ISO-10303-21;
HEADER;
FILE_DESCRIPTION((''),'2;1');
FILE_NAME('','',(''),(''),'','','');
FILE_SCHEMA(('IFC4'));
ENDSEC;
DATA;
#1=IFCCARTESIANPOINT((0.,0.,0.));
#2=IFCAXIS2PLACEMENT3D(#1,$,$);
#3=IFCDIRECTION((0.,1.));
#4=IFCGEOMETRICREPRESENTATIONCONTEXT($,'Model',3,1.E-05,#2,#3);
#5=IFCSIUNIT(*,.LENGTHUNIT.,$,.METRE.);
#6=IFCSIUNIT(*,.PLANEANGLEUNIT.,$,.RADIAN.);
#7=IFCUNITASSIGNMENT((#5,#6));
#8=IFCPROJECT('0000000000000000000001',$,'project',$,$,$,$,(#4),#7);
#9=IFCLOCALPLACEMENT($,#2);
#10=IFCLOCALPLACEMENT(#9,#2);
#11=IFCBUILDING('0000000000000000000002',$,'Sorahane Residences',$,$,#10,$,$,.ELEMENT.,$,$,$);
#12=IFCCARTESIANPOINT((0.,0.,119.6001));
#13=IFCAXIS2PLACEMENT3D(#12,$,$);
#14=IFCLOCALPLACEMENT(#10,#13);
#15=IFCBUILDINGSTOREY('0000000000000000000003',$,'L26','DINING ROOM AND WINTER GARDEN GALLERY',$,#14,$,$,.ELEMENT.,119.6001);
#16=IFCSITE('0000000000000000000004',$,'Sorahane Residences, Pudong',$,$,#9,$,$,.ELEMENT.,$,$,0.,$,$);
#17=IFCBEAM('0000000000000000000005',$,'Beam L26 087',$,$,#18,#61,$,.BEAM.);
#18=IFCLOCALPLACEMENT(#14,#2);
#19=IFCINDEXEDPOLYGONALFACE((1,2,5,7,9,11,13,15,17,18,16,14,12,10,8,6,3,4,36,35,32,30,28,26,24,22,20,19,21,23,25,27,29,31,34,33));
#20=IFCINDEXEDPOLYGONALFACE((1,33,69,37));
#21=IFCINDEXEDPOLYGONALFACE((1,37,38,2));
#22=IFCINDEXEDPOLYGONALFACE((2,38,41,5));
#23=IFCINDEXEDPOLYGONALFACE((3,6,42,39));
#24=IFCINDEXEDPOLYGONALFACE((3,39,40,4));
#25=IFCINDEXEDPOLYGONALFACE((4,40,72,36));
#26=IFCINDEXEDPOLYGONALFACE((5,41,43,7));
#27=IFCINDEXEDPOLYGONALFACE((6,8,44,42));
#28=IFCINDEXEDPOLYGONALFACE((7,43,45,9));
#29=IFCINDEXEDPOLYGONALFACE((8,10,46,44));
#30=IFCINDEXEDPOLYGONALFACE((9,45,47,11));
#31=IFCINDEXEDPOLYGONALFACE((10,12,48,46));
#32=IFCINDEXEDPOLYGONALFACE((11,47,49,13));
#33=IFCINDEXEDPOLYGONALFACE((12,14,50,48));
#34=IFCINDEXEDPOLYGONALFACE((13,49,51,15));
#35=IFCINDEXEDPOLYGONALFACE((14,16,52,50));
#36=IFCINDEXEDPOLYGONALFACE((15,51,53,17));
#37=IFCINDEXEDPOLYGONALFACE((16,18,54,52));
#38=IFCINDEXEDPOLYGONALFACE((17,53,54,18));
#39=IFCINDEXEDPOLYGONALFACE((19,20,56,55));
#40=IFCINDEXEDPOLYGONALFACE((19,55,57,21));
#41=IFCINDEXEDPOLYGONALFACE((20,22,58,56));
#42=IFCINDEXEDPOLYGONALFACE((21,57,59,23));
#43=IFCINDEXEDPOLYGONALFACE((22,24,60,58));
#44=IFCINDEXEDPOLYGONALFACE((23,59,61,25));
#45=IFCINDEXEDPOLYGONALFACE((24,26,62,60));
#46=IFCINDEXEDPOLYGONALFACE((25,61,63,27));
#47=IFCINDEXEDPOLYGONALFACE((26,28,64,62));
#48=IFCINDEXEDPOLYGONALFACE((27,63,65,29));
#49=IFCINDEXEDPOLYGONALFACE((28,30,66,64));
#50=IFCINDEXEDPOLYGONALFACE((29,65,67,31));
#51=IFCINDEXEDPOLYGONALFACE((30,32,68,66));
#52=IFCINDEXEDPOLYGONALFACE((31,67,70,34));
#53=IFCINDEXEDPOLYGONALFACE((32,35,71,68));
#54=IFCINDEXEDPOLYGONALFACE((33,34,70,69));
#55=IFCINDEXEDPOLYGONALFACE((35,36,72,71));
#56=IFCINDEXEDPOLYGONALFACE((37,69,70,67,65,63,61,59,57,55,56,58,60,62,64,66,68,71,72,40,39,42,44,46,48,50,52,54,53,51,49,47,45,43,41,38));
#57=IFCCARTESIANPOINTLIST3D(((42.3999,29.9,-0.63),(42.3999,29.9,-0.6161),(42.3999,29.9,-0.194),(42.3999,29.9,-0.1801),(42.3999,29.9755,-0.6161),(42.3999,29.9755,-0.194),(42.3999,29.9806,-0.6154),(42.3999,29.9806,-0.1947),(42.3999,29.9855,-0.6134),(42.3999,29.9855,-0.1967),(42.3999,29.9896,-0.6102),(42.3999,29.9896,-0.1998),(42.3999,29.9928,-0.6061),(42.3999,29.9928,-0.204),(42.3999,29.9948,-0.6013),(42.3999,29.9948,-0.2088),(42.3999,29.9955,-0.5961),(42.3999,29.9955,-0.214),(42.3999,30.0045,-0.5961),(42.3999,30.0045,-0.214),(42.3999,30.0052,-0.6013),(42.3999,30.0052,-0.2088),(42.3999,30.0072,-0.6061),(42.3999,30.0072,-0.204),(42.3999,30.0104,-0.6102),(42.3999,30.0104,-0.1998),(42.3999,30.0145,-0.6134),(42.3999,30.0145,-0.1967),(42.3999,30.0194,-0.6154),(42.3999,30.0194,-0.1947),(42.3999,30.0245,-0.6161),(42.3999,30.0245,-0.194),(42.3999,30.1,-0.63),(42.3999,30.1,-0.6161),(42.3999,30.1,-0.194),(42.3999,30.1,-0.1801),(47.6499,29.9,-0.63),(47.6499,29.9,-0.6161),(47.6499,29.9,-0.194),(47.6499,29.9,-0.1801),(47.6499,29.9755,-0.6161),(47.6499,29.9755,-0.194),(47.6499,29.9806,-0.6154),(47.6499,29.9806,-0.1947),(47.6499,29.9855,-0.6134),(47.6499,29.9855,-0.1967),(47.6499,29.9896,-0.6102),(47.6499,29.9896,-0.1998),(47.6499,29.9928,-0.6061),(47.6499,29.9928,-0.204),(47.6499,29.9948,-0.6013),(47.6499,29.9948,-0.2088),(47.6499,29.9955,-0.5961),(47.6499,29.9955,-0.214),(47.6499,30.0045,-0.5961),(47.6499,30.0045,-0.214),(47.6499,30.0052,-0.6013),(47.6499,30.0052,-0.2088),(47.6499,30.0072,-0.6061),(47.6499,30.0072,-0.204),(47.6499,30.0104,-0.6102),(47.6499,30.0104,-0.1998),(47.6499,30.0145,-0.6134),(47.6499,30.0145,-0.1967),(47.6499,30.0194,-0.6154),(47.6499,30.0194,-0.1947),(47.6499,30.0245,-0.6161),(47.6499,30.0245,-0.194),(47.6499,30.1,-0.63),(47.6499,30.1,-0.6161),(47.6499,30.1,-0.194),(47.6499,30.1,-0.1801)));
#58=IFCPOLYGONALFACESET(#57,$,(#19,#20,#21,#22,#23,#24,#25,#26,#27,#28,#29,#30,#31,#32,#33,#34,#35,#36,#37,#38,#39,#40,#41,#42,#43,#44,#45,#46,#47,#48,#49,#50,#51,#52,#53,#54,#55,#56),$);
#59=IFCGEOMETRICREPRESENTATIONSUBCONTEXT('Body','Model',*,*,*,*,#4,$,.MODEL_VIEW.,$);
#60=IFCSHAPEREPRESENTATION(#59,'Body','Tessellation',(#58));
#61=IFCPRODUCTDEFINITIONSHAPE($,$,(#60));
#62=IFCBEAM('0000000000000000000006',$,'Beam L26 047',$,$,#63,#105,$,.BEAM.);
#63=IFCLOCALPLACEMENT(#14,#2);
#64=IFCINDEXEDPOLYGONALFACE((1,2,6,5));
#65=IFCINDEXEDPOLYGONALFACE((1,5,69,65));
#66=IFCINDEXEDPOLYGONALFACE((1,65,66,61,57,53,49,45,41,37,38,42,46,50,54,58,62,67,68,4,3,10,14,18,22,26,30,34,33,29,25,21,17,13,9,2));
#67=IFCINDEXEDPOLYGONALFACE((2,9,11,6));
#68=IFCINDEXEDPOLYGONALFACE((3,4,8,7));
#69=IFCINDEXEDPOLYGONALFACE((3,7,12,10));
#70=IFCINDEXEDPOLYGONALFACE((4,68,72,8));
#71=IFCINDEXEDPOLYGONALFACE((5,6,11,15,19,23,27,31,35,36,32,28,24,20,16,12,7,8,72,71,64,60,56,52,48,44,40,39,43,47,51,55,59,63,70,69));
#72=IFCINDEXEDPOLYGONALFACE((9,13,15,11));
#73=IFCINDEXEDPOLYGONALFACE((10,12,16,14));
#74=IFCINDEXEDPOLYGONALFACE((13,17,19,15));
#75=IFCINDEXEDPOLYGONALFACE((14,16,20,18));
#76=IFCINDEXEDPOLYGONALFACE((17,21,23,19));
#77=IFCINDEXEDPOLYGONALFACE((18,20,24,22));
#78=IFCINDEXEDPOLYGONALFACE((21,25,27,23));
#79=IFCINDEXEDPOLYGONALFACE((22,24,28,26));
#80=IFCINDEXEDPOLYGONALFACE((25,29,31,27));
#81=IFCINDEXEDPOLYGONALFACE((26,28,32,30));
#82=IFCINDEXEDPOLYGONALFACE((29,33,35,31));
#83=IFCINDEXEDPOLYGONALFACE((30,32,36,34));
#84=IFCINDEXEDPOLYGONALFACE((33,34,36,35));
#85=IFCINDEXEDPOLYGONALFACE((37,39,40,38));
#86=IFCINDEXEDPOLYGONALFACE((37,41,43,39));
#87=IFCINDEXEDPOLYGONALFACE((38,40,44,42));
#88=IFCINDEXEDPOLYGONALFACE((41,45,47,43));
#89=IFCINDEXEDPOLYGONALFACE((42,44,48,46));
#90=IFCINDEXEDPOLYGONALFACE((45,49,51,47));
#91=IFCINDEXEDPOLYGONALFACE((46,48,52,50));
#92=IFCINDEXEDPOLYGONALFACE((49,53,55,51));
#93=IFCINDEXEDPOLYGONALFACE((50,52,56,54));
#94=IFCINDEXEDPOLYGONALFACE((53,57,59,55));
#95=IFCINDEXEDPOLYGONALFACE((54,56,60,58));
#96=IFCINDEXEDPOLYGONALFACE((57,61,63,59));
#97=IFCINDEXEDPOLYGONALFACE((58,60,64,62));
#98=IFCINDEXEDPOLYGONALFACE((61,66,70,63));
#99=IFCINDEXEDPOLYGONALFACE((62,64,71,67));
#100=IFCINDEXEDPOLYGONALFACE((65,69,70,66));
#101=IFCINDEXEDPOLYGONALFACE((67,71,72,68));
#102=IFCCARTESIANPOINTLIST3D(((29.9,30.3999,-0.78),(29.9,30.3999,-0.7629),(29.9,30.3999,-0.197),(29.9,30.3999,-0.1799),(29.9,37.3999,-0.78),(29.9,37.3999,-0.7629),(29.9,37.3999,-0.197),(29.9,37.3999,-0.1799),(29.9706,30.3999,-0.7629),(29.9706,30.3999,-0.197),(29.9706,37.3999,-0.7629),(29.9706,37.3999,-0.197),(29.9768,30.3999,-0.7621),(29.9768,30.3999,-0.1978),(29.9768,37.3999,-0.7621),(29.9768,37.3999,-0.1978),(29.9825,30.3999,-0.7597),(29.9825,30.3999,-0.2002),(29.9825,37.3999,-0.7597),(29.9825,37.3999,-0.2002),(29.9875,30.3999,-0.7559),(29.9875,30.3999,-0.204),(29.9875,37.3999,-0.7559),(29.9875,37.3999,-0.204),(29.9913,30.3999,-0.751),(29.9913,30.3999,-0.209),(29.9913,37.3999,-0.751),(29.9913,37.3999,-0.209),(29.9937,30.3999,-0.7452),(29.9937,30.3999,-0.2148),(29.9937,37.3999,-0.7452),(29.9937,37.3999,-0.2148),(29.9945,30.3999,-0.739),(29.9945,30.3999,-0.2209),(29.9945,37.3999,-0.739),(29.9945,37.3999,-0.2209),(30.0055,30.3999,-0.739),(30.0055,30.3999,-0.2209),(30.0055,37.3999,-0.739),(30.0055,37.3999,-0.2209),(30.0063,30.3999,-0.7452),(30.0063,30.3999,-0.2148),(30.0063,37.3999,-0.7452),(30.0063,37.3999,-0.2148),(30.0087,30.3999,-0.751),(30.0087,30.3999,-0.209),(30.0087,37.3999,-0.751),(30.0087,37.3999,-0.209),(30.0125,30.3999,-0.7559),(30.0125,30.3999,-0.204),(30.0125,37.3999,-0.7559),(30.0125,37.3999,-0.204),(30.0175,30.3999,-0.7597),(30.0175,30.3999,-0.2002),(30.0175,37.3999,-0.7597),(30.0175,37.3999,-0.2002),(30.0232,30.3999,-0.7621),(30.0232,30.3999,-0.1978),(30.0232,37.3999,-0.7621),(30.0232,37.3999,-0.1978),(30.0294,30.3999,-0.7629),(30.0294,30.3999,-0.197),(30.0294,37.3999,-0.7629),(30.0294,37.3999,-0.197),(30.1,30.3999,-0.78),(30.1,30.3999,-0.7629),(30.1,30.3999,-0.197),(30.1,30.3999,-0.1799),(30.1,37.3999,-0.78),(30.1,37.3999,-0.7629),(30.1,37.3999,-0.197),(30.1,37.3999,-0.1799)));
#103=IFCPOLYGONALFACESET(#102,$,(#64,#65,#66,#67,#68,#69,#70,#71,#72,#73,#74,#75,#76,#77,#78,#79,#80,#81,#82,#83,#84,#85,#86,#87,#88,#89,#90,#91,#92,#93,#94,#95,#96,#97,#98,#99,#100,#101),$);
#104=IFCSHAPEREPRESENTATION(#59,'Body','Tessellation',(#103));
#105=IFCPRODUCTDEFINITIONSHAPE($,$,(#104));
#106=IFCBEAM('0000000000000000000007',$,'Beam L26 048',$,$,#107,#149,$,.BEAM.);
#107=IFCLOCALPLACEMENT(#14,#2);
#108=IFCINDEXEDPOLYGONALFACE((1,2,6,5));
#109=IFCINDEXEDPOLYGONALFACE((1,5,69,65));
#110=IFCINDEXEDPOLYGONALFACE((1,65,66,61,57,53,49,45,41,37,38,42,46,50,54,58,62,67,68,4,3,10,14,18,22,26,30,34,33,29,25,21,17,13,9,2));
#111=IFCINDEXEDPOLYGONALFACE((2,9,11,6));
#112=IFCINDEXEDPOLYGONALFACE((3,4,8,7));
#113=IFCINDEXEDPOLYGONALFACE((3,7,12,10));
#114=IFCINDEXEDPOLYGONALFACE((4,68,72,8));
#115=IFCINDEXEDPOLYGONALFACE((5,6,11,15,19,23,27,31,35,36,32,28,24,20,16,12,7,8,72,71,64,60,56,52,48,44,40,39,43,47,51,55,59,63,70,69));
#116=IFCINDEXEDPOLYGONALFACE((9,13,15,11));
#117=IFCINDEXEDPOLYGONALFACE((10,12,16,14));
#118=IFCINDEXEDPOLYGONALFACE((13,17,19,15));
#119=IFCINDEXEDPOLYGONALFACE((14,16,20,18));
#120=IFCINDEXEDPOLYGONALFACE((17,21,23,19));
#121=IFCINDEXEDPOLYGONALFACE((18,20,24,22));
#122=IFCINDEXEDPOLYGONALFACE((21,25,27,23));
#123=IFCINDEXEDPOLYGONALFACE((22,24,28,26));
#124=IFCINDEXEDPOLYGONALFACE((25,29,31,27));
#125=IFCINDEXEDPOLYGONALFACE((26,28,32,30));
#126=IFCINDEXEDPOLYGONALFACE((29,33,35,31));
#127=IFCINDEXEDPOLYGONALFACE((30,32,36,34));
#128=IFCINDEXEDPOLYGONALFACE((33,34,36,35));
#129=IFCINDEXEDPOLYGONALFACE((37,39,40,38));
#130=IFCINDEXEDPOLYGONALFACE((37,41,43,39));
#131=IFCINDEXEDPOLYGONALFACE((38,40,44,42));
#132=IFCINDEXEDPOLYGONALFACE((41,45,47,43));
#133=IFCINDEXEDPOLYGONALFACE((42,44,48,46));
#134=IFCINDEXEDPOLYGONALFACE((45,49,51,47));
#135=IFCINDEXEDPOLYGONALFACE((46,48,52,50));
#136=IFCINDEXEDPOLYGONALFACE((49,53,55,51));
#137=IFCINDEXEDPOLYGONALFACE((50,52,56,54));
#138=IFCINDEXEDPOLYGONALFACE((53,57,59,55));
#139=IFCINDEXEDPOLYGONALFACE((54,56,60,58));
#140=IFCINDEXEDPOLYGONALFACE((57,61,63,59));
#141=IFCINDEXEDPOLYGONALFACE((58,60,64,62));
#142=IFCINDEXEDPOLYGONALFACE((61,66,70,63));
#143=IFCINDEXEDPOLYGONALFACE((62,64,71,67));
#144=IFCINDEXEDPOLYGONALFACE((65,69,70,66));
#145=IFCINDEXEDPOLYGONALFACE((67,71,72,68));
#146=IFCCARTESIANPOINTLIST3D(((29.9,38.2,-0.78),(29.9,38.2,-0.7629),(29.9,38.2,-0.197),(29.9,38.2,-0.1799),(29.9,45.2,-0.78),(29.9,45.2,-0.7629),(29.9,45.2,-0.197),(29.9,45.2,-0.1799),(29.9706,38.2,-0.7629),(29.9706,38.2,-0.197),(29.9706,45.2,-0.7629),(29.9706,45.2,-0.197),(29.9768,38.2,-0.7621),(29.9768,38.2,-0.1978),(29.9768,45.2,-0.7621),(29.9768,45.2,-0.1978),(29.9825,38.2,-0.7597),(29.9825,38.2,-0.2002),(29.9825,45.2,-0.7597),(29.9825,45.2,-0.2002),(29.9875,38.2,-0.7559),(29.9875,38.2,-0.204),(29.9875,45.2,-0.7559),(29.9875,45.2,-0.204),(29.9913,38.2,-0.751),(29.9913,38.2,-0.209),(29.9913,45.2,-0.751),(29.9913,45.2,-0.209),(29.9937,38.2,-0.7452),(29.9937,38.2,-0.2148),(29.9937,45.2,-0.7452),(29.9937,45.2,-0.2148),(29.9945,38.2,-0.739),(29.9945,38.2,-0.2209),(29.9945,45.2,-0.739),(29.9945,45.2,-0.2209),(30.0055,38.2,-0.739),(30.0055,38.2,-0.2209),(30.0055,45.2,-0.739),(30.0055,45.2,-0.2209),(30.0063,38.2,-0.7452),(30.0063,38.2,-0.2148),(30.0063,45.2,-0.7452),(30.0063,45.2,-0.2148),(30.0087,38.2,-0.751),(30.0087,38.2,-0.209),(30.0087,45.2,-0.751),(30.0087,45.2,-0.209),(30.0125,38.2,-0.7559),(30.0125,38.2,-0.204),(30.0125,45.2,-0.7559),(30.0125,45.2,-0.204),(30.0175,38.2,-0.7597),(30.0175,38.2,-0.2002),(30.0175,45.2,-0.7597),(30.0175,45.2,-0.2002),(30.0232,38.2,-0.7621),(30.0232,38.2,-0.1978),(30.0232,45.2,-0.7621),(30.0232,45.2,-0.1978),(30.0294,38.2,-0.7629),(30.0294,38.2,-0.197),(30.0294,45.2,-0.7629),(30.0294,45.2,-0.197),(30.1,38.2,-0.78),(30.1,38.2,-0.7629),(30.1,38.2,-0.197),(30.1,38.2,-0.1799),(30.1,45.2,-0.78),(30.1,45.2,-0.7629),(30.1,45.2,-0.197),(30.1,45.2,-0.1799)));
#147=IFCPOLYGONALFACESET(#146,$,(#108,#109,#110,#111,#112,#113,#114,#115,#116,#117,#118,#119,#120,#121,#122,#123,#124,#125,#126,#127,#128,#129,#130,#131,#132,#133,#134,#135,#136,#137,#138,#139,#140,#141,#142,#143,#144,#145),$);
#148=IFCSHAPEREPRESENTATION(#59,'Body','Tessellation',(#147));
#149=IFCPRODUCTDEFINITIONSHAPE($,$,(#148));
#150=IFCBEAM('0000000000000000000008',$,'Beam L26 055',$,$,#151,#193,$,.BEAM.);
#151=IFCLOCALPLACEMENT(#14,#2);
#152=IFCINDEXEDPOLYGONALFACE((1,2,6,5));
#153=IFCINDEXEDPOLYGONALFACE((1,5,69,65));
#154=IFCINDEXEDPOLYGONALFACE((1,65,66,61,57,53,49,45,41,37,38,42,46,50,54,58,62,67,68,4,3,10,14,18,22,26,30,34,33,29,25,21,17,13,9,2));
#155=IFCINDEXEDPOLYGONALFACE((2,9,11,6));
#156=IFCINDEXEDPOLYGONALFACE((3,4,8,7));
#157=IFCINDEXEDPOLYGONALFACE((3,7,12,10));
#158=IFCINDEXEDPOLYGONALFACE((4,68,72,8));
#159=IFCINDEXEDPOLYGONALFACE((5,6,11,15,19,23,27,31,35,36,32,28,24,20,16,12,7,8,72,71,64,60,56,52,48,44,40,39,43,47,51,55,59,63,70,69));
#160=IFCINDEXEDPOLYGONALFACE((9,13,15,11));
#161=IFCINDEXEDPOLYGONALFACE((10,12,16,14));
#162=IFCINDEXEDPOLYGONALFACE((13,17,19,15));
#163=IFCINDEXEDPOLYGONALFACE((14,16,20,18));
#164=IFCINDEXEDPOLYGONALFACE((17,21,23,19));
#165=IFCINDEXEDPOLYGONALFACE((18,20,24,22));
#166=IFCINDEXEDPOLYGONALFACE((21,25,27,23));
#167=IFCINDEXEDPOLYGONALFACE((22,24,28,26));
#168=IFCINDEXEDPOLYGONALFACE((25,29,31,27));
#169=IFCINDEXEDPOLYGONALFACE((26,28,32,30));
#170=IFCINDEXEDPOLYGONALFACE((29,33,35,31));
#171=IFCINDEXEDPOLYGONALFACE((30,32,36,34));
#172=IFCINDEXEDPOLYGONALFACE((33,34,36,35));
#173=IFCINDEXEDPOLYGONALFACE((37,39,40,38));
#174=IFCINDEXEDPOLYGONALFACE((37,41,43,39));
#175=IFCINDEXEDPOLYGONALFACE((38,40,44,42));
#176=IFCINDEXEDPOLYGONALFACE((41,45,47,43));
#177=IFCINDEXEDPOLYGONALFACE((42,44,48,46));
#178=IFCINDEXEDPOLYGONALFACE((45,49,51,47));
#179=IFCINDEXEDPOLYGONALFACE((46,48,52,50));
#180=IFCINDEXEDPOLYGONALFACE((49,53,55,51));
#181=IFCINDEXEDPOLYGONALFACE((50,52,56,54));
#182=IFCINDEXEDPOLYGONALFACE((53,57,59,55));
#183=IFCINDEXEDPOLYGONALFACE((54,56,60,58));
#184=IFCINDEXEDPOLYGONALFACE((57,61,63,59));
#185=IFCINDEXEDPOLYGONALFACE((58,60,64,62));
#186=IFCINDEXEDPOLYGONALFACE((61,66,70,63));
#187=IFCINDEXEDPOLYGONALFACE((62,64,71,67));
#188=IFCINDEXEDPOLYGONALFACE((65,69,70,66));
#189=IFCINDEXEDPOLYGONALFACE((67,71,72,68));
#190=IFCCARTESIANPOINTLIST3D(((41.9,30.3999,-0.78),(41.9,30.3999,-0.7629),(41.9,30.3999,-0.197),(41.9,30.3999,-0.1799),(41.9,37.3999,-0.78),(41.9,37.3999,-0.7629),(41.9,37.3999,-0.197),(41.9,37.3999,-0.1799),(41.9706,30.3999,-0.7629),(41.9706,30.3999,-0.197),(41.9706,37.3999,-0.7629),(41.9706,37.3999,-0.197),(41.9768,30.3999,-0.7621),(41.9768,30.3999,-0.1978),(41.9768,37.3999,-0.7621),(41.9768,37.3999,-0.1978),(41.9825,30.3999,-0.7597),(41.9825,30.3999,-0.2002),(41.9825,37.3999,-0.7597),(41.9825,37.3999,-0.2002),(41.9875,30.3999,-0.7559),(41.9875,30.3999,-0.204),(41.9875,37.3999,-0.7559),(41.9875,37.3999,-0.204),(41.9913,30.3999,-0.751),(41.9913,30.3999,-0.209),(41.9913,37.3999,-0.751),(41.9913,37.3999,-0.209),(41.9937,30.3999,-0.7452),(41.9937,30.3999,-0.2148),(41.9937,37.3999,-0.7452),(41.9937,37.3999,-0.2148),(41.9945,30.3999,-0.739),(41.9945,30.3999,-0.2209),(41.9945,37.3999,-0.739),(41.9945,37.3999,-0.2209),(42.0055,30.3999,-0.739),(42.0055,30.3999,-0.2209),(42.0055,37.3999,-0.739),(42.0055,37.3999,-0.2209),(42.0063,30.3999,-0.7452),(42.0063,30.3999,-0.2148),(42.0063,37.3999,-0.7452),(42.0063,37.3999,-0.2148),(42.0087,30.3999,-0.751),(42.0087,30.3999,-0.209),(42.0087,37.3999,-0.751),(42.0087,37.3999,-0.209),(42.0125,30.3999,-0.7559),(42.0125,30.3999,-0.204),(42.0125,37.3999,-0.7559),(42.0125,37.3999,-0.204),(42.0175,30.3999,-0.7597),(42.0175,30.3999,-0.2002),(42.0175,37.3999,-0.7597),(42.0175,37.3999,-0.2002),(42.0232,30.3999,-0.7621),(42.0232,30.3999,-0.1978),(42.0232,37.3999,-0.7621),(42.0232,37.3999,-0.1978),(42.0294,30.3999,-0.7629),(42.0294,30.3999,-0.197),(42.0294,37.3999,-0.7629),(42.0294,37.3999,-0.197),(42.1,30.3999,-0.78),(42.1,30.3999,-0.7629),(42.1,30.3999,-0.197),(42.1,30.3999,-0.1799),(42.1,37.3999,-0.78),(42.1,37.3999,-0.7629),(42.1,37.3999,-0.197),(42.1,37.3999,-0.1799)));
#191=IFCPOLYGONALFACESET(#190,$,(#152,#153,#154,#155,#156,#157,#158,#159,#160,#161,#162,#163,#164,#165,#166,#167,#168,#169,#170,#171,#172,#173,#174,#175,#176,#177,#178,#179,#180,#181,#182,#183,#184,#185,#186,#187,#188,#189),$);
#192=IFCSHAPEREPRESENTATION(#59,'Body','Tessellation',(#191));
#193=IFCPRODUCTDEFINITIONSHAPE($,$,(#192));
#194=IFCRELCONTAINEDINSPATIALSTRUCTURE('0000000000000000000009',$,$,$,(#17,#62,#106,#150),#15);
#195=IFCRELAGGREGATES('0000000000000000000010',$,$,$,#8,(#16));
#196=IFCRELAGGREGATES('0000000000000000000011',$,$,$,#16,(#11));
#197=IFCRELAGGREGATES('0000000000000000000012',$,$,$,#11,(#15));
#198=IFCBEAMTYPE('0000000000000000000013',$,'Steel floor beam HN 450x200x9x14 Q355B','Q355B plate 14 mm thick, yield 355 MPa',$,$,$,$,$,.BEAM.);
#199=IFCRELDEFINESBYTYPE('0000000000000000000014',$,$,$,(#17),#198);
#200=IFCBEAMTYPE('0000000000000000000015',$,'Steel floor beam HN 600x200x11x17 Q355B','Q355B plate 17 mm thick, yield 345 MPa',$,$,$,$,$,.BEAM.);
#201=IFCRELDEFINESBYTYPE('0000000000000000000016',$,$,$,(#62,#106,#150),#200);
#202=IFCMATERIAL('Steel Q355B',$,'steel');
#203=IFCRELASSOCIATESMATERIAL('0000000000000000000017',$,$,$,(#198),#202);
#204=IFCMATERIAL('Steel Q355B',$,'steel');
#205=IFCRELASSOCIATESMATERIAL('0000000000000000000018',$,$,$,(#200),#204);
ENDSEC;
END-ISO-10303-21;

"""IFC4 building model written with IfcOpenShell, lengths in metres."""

from ifc_helpers import new_model, si_unit, direction, frame, origin, origin_2d, place, context, subcontext, project, spatial, i_section, extrude, material, material_profile, profile_set, type_object, element, save


model = new_model("IFC4")

# Units and contexts
model_context = context("Model", 3, precision=1e-05, world=origin(), true_north=direction((0.0, 1.0)))
body_context = subcontext(model_context, "Body", "Model", "MODEL_VIEW")
ifc_project = project(units=[si_unit("LENGTHUNIT", "METRE"), si_unit("PLANEANGLEUNIT", "RADIAN")], contexts=[model_context])

# Site, building, storey
site_placement = place(None, origin())
site = spatial("IfcSite", under=ifc_project, at=site_placement, Name="Sorahane Residences, Pudong", CompositionType="ELEMENT", RefElevation=0.0)
building_placement = place(site_placement, origin())
building = spatial("IfcBuilding", under=site, at=building_placement, Name="Sorahane Residences", CompositionType="ELEMENT")
storey_placement = place(building_placement, frame((0.0, 0.0, 119.6001)))
storey = spatial("IfcBuildingStorey", under=building, at=storey_placement, Name="L26", Description="DINING ROOM AND WINTER GARDEN GALLERY", CompositionType="ELEMENT", Elevation=119.6001)

# Beams
ifc_material_1 = material(Name="Steel Q355B", Category="steel")
ifc_material_profile_1 = material_profile(ifc_material_1, i_section(OverallWidth=0.2, OverallDepth=0.45, WebThickness=0.009, FlangeThickness=0.0139, FilletRadius=0.02, at=origin_2d()), Name="HN 450x200x9x14")
ifc_profile_set_1 = profile_set([ifc_material_profile_1], Name="Steel Q355B")
beam_type_1 = type_object("IfcBeamType", Name="Steel floor beam HN 450x200x9x14 Q355B", Description="Q355B plate 14 mm thick, yield 355 MPa", PredefinedType="BEAM", material=ifc_profile_set_1)
beam_placement = place(storey_placement, frame((42.3999, 30.0, -0.405), z_axis=(1.0, 0.0, 0.0), x_axis=(0.0, 1.0, 0.0)))
element("IfcBeam", 1, at=beam_placement, inside=storey, type_object=beam_type_1, Name="Beam L26 087", PredefinedType="BEAM", context=body_context, shape_type="SweptSolid", body=[
    extrude(i_section(OverallWidth=0.2, OverallDepth=0.45, WebThickness=0.009, FlangeThickness=0.0139, FilletRadius=0.02, at=origin_2d()), origin(), (0.0, 0.0, 1.0), 5.25),
])
ifc_material_2 = material(Name="Steel Q355B", Category="steel")
ifc_material_profile_2 = material_profile(ifc_material_2, i_section(OverallWidth=0.2, OverallDepth=0.6001, WebThickness=0.011, FlangeThickness=0.0171, FilletRadius=0.0239, at=origin_2d()), Name="HN 600x200x11x17")
ifc_profile_set_2 = profile_set([ifc_material_profile_2], Name="Steel Q355B")
beam_type_2 = type_object("IfcBeamType", Name="Steel floor beam HN 600x200x11x17 Q355B", Description="Q355B plate 17 mm thick, yield 345 MPa", PredefinedType="BEAM", material=ifc_profile_set_2)
for number, where, z_axis, x_axis, name in (
    (2, (30.0, 30.3999, -0.48), (0.0, 1.0, 0.0), (-1.0, 0.0, 0.0), "Beam L26 047"),
    (3, (30.0, 38.2, -0.48), (0.0, 1.0, 0.0), (-1.0, 0.0, 0.0), "Beam L26 048"),
    (4, (42.0, 30.3999, -0.48), (0.0, 1.0, 0.0), (-1.0, 0.0, 0.0), "Beam L26 055"),
):
    element("IfcBeam", number, at=place(storey_placement, frame(where, z_axis=z_axis, x_axis=x_axis)), inside=storey, type_object=beam_type_2, Name=name, PredefinedType="BEAM", context=body_context, shape_type="SweptSolid", body=[
        extrude(i_section(OverallWidth=0.2, OverallDepth=0.6001, WebThickness=0.011, FlangeThickness=0.0171, FilletRadius=0.0239, at=origin_2d()), origin(), (0.0, 0.0, 1.0), 7.0),
    ])

save(model, "model.ifc")
